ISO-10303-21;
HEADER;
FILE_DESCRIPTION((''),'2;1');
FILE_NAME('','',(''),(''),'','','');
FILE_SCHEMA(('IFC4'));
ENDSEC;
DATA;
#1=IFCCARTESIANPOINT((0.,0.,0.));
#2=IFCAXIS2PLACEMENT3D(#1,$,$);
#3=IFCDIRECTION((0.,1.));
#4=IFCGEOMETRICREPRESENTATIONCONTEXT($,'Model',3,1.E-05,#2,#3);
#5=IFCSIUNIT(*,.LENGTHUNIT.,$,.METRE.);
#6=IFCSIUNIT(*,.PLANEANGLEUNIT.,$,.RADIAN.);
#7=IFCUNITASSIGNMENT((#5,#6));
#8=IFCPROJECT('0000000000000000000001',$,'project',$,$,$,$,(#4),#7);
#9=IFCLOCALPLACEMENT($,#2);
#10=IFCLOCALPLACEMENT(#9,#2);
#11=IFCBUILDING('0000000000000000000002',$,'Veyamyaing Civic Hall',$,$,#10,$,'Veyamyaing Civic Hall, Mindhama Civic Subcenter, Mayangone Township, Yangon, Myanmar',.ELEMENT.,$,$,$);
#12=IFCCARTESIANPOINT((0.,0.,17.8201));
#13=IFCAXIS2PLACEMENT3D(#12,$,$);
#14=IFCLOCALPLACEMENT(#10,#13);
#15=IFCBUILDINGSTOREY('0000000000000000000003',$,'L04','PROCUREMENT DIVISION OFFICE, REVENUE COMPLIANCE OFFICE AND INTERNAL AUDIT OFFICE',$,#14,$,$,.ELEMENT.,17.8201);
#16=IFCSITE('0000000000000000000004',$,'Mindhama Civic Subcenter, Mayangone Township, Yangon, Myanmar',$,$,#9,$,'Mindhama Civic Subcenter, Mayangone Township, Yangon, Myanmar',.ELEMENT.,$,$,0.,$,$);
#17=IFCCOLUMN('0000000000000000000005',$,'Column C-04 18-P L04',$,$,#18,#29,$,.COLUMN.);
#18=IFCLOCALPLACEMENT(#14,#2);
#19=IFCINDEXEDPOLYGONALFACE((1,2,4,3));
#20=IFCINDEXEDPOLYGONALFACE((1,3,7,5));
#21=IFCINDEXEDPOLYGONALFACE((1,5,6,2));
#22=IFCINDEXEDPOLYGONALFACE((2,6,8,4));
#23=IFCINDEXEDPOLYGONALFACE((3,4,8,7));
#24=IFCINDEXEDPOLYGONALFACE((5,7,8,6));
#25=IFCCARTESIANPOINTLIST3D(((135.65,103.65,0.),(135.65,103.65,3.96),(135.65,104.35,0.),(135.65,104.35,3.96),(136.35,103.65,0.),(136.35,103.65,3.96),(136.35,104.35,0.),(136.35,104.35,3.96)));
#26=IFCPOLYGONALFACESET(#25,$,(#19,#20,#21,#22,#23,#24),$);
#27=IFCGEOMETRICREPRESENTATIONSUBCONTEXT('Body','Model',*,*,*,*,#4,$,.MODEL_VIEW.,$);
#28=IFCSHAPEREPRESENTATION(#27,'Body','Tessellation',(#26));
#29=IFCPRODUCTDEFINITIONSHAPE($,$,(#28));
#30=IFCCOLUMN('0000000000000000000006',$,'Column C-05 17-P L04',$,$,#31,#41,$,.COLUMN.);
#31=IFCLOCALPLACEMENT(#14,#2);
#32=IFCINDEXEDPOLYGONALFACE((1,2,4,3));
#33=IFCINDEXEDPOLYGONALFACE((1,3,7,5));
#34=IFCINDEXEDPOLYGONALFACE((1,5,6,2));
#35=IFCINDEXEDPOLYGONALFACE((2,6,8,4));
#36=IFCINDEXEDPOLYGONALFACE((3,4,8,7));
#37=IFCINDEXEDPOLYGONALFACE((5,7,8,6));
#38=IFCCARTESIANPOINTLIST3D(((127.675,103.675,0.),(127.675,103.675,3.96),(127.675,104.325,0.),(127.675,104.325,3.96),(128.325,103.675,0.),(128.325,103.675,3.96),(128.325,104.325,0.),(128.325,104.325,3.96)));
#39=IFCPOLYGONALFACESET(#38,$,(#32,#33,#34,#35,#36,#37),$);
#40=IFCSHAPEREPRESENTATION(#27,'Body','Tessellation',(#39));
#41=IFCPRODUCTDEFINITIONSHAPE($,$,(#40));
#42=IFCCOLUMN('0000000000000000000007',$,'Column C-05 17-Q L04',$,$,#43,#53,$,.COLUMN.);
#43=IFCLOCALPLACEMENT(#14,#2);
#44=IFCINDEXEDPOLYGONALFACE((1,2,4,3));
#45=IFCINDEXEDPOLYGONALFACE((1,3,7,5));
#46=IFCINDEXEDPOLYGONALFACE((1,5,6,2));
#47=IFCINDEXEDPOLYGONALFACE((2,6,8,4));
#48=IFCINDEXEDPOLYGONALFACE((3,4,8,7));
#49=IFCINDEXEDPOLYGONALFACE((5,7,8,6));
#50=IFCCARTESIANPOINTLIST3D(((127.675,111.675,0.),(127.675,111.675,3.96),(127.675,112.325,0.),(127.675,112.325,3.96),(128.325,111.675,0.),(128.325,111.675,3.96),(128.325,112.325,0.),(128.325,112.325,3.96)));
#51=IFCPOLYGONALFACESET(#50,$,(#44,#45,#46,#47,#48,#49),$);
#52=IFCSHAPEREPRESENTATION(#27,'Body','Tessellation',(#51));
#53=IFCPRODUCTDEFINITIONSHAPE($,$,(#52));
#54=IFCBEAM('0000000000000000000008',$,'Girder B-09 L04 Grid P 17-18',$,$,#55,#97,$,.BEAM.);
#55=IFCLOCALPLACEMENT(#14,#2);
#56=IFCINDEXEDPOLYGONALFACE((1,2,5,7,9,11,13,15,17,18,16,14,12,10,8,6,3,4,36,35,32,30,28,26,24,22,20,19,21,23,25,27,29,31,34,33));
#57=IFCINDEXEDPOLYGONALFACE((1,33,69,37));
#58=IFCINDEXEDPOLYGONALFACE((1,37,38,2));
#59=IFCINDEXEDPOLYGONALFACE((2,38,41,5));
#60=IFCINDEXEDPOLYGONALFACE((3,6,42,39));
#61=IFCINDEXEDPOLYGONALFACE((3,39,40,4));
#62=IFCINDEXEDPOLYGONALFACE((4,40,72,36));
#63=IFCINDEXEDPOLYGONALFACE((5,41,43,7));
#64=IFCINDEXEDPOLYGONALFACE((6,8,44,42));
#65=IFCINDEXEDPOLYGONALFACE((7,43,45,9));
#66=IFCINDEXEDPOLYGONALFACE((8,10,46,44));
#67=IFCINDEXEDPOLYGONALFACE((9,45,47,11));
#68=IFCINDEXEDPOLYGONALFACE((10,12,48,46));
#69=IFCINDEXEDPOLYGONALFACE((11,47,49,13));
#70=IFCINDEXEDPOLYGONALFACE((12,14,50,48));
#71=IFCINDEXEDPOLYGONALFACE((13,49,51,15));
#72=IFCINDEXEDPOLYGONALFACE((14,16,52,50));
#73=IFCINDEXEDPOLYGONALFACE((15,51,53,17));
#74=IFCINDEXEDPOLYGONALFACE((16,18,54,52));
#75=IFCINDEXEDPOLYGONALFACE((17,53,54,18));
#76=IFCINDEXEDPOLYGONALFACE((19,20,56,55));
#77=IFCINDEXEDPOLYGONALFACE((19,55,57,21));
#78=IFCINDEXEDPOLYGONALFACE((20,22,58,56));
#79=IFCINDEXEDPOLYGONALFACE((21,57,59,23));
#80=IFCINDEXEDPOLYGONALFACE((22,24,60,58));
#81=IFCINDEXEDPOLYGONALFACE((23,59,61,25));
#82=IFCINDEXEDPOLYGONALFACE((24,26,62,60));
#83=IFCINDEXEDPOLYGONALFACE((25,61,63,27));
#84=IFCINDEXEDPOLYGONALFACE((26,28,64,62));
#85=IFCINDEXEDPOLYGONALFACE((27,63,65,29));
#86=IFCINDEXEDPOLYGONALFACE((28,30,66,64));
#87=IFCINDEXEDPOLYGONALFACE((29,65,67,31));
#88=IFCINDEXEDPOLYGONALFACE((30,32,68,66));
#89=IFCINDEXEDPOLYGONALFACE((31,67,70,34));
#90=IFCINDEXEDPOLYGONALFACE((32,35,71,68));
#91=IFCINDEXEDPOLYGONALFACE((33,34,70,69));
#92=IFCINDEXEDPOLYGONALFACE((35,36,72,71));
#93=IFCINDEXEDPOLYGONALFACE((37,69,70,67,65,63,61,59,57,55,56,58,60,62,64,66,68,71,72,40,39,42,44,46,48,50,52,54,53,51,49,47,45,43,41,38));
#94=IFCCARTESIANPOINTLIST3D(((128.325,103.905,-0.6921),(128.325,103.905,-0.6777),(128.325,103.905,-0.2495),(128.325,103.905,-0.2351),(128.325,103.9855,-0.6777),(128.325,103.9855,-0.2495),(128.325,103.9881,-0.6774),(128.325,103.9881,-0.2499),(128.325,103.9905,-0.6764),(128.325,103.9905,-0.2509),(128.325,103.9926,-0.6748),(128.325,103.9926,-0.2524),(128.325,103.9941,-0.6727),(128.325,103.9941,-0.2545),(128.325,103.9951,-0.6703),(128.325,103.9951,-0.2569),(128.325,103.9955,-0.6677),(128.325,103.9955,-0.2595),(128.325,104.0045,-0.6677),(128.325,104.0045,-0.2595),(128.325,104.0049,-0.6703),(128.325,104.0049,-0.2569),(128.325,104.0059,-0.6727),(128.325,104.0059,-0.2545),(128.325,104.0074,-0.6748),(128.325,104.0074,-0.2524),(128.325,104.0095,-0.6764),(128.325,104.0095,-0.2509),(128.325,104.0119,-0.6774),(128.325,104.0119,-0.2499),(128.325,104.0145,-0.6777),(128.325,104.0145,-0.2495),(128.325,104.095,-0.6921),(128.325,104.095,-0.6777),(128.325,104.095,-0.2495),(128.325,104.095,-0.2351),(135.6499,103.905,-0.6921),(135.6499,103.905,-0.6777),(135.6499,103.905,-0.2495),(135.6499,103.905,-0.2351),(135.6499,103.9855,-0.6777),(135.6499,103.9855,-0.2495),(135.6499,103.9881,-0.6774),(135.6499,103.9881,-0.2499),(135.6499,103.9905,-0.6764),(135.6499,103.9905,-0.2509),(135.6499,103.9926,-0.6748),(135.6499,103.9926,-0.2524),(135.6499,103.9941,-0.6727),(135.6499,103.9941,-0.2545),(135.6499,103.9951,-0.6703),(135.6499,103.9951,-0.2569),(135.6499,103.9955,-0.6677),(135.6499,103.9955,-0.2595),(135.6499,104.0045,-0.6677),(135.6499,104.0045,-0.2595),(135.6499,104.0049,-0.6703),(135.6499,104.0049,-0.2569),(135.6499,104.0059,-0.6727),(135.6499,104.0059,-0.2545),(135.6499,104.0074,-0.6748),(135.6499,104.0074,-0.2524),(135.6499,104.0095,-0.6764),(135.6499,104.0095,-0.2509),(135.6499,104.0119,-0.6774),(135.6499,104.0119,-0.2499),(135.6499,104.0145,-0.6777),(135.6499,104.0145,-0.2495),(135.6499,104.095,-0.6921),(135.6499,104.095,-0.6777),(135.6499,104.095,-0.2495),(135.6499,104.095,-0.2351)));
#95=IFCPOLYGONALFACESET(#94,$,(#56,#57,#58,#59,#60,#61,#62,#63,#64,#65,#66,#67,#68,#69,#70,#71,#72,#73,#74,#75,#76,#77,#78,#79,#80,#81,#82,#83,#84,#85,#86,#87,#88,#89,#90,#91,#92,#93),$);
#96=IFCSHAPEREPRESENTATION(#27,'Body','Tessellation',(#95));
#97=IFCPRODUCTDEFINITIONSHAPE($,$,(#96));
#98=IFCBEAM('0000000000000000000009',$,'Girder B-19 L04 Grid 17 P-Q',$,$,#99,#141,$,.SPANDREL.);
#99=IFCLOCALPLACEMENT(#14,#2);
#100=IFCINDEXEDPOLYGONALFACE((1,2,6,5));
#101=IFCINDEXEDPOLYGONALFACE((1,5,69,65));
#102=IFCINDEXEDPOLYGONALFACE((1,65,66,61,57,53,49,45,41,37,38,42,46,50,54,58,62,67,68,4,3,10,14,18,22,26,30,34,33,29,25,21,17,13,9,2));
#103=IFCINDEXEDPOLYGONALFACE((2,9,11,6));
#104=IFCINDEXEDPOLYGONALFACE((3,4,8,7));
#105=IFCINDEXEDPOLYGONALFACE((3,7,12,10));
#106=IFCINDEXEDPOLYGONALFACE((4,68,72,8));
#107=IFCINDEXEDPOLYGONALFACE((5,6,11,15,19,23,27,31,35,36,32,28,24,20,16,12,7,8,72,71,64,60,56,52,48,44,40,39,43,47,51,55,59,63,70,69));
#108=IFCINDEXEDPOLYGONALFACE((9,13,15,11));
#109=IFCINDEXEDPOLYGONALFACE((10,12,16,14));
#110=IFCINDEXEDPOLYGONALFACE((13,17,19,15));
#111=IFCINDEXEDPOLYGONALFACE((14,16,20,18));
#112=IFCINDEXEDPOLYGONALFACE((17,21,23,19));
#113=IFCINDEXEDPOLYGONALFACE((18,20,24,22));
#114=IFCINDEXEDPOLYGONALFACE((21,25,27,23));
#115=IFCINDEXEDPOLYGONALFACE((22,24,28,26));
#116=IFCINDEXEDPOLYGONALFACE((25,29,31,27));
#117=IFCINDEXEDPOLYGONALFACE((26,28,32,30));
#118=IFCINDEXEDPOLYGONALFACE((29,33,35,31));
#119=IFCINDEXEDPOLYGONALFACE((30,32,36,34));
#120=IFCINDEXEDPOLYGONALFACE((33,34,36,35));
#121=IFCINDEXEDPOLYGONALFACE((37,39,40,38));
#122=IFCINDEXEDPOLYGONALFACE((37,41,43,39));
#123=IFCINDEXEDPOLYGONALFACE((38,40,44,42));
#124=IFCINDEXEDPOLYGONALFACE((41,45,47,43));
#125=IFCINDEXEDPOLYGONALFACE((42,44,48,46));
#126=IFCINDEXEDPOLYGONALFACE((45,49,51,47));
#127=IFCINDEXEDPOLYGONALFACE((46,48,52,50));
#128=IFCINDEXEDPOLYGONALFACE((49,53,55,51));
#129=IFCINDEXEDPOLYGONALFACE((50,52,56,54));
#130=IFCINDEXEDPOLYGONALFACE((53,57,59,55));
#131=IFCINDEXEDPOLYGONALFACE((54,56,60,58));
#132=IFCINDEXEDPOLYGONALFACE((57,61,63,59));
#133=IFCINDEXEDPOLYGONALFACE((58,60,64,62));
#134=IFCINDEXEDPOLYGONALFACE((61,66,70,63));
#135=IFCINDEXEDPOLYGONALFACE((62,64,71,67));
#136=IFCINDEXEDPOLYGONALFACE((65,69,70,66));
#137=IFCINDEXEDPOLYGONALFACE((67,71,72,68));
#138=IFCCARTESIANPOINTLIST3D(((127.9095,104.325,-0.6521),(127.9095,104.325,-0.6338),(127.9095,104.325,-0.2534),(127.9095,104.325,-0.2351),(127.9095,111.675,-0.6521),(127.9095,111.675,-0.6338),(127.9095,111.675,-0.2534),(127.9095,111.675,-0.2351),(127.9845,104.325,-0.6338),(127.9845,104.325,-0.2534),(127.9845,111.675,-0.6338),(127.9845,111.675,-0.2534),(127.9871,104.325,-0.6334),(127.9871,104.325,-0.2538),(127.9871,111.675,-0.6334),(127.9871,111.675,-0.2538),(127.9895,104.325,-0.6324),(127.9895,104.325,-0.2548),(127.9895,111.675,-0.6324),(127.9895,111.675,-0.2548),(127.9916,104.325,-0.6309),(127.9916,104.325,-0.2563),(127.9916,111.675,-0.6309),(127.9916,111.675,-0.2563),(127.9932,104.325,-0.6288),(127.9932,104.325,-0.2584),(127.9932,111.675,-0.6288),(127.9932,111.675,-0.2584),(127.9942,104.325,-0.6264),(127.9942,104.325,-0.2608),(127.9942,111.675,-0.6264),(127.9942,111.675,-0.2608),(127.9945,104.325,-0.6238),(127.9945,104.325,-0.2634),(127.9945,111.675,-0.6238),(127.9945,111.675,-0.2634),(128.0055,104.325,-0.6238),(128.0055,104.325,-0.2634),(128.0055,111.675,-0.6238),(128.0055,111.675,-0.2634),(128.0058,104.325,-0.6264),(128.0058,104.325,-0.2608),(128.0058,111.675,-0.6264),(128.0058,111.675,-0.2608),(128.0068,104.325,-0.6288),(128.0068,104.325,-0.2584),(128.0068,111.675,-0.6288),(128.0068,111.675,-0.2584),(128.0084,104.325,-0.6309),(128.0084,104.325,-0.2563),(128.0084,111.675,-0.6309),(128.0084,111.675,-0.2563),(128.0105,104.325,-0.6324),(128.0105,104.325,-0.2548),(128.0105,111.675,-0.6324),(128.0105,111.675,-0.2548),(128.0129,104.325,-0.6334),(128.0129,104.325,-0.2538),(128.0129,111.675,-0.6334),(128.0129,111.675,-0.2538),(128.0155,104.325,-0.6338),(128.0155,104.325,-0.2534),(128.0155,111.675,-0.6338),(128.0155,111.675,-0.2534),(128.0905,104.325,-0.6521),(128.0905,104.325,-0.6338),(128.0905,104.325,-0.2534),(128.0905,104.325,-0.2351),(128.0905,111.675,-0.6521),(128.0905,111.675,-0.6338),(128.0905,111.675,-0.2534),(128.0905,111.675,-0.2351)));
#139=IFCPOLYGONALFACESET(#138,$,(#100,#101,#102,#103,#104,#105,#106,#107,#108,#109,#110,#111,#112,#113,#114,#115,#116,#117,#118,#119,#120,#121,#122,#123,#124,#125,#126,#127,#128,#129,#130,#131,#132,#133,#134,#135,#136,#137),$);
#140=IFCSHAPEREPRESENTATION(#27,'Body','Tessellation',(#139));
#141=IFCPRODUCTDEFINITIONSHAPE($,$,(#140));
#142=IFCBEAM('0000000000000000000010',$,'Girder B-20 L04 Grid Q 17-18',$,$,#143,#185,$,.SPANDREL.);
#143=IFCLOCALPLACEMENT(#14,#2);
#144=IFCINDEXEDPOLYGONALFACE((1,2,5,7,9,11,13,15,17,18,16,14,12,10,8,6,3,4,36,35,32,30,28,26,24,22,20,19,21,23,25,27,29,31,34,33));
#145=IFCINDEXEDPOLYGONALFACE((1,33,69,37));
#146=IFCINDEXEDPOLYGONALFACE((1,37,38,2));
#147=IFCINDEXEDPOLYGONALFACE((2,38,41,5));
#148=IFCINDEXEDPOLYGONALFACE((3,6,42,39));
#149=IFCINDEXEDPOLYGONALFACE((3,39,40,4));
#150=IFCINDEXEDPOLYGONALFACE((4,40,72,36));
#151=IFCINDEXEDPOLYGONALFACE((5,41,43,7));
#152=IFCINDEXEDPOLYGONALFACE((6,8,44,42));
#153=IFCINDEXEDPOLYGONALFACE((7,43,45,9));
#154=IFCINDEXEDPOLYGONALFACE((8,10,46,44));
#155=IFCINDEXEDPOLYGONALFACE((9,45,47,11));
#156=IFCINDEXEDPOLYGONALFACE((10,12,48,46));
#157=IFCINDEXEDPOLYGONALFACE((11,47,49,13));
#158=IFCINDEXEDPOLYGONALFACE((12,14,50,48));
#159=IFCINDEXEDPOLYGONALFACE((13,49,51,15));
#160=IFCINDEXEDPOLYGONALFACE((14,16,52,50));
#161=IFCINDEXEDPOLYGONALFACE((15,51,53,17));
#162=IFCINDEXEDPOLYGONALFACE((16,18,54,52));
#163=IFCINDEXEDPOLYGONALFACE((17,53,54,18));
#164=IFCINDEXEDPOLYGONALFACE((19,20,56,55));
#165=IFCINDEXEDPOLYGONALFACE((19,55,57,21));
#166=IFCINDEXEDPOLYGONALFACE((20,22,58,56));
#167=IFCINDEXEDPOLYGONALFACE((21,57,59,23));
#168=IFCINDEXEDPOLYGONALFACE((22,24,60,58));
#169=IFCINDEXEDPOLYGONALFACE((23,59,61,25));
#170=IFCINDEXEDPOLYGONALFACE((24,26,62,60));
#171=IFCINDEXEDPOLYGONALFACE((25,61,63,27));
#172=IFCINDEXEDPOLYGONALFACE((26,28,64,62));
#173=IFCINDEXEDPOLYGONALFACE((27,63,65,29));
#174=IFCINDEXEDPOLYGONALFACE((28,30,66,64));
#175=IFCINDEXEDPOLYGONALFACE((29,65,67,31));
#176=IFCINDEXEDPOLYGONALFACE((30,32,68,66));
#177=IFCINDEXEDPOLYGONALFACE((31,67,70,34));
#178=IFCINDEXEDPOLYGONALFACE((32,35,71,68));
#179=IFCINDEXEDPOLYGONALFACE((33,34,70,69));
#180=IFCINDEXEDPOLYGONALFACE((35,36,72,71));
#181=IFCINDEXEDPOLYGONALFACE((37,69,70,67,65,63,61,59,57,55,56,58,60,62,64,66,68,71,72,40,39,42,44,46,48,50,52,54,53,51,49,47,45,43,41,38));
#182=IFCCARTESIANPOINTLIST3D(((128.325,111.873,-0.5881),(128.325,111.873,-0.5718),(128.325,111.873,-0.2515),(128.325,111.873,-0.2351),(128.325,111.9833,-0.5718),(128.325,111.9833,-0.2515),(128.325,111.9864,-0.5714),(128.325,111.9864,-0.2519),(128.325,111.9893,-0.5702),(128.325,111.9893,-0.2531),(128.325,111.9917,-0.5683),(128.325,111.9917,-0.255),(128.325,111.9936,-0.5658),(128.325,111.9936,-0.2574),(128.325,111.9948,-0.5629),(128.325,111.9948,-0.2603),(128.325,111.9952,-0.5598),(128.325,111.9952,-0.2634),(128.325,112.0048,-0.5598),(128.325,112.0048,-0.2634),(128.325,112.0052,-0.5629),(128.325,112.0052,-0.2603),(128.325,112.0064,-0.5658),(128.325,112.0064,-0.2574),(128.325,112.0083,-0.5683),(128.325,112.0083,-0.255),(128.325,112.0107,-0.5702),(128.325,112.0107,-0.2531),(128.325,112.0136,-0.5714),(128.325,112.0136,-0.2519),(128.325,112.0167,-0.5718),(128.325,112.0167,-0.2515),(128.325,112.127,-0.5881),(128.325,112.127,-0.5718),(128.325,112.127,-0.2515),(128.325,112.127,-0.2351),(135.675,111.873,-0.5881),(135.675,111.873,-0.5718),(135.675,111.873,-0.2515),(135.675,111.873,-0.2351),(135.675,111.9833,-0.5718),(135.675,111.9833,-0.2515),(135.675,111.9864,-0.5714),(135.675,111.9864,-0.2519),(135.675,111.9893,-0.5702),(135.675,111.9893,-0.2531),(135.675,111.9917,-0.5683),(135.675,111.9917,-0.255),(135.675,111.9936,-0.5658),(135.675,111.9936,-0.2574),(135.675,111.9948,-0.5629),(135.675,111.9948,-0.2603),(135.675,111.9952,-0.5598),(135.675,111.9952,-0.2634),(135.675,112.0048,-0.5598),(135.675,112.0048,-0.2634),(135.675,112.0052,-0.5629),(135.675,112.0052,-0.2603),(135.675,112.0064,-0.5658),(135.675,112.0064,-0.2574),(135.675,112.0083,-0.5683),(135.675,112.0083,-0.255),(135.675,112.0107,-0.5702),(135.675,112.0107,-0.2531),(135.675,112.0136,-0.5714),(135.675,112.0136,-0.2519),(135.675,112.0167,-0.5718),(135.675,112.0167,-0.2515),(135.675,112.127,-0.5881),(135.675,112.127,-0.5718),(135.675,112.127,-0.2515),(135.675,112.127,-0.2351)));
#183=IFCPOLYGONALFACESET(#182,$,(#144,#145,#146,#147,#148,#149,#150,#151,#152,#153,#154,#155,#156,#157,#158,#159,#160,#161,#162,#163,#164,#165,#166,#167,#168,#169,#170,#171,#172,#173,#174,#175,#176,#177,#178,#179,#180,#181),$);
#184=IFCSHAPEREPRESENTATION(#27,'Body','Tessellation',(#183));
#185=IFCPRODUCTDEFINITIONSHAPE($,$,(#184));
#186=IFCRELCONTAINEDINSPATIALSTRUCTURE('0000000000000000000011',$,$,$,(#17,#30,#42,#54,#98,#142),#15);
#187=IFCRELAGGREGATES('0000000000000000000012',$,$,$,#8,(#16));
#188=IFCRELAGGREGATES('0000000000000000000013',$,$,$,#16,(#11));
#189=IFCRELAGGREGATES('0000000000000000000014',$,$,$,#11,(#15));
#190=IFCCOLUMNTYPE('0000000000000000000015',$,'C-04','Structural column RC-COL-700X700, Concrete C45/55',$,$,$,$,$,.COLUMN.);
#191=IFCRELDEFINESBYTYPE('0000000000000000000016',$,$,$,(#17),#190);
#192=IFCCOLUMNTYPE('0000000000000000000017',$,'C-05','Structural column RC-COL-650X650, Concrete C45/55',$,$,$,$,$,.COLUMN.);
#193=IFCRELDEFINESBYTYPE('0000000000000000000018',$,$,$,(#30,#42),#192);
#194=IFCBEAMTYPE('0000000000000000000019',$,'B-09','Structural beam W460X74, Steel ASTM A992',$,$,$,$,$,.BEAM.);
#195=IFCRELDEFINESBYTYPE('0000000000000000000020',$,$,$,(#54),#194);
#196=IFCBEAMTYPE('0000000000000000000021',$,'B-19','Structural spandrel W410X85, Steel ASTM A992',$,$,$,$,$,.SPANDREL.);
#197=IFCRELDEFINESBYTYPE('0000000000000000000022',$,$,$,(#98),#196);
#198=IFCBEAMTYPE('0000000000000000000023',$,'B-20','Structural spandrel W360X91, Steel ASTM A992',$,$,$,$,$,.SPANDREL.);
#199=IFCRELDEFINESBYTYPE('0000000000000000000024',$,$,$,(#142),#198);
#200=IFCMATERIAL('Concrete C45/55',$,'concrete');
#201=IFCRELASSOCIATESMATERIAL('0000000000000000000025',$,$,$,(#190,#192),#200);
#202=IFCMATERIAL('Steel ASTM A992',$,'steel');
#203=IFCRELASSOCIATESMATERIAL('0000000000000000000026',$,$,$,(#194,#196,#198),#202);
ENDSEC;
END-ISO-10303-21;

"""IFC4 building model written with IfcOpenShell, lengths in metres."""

from ifc_helpers import new_model, si_unit, direction, frame, origin, origin_2d, place, context, subcontext, project, spatial, rectangle, i_section, extrude, material, material_profile, profile_set, type_object, element, save


model = new_model("IFC4")

# Units and contexts
model_context = context("Model", 3, precision=1e-05, world=origin(), true_north=direction((0.0, 1.0)))
body_context = subcontext(model_context, "Body", "Model", "MODEL_VIEW")
ifc_project = project(units=[si_unit("LENGTHUNIT", "METRE"), si_unit("PLANEANGLEUNIT", "RADIAN")], contexts=[model_context])

# Site, building, storey
site_placement = place(None, origin())
site = spatial("IfcSite", under=ifc_project, at=site_placement, Name="Mindhama Civic Subcenter, Mayangone Township, Yangon, Myanmar", LongName="Mindhama Civic Subcenter, Mayangone Township, Yangon, Myanmar", CompositionType="ELEMENT", RefElevation=0.0)
building_placement = place(site_placement, origin())
building = spatial("IfcBuilding", under=site, at=building_placement, Name="Veyamyaing Civic Hall", LongName="Veyamyaing Civic Hall, Mindhama Civic Subcenter, Mayangone Township, Yangon, Myanmar", CompositionType="ELEMENT")
storey_placement = place(building_placement, frame((0.0, 0.0, 17.8201)))
storey = spatial("IfcBuildingStorey", under=building, at=storey_placement, Name="L04", Description="PROCUREMENT DIVISION OFFICE, REVENUE COMPLIANCE OFFICE AND INTERNAL AUDIT OFFICE", CompositionType="ELEMENT", Elevation=17.8201)

# Columns
ifc_material_1 = material(Name="Concrete C45/55", Category="concrete")
ifc_material_profile_1 = material_profile(ifc_material_1, rectangle(XDim=0.7, YDim=0.7, at=origin_2d()), Name="RC-COL-700X700")
ifc_profile_set_1 = profile_set([ifc_material_profile_1], Name="Concrete C45/55")
column_type_1 = type_object("IfcColumnType", Name="C-04", Description="Structural column RC-COL-700X700, Concrete C45/55", PredefinedType="COLUMN", material=ifc_profile_set_1)
column_placement = place(storey_placement, frame((136.0, 104.0, 0.0), z_axis=(0.0, 0.0, 1.0), x_axis=(1.0, 0.0, 0.0)))
element("IfcColumn", 1, at=column_placement, inside=storey, type_object=column_type_1, Name="Column C-04 18-P L04", PredefinedType="COLUMN", context=body_context, shape_type="SweptSolid", body=[
    extrude(rectangle(XDim=0.7, YDim=0.7, at=origin_2d()), origin(), (0.0, 0.0, 1.0), 3.96),
])
ifc_material_profile_2 = material_profile(ifc_material_1, rectangle(XDim=0.6499, YDim=0.6499, at=origin_2d()), Name="RC-COL-650X650")
ifc_profile_set_2 = profile_set([ifc_material_profile_2], Name="Concrete C45/55")
column_type_2 = type_object("IfcColumnType", Name="C-05", Description="Structural column RC-COL-650X650, Concrete C45/55", PredefinedType="COLUMN", material=ifc_profile_set_2)
for number, where, z_axis, x_axis, name in (
    (2, (128.0, 104.0, 0.0), (0.0, 0.0, 1.0), (1.0, 0.0, 0.0), "Column C-05 17-P L04"),
    (3, (128.0, 112.0, 0.0), (0.0, 0.0, 1.0), (1.0, 0.0, 0.0), "Column C-05 17-Q L04"),
):
    element("IfcColumn", number, at=place(storey_placement, frame(where, z_axis=z_axis, x_axis=x_axis)), inside=storey, type_object=column_type_2, Name=name, PredefinedType="COLUMN", context=body_context, shape_type="SweptSolid", body=[
        extrude(rectangle(XDim=0.6499, YDim=0.6499, at=origin_2d()), origin(), (0.0, 0.0, 1.0), 3.96),
    ])

# Beams
ifc_material_2 = material(Name="Steel ASTM A992", Category="steel")
ifc_material_profile_3 = material_profile(ifc_material_2, i_section(OverallWidth=0.1899, OverallDepth=0.457, WebThickness=0.009, FlangeThickness=0.0144, FilletRadius=0.01, at=origin_2d()), Name="W460X74")
ifc_profile_set_3 = profile_set([ifc_material_profile_3], Name="Steel ASTM A992")
beam_type_1 = type_object("IfcBeamType", Name="B-09", Description="Structural beam W460X74, Steel ASTM A992", PredefinedType="BEAM", material=ifc_profile_set_3)
beam_1_placement = place(storey_placement, frame((128.325, 104.0, -0.4636), z_axis=(1.0, 0.0, 0.0), x_axis=(0.0, 1.0, 0.0)))
element("IfcBeam", 4, at=beam_1_placement, inside=storey, type_object=beam_type_1, Name="Girder B-09 L04 Grid P 17-18", PredefinedType="BEAM", context=body_context, shape_type="SweptSolid", body=[
    extrude(i_section(OverallWidth=0.1899, OverallDepth=0.457, WebThickness=0.009, FlangeThickness=0.0144, FilletRadius=0.01, at=origin_2d()), origin(), (0.0, 0.0, 1.0), 7.325),
])
ifc_material_profile_4 = material_profile(ifc_material_2, i_section(OverallWidth=0.1809, OverallDepth=0.417, WebThickness=0.011, FlangeThickness=0.0183, FilletRadius=0.01, at=origin_2d()), Name="W410X85")
ifc_profile_set_4 = profile_set([ifc_material_profile_4], Name="Steel ASTM A992")
beam_type_2 = type_object("IfcBeamType", Name="B-19", Description="Structural spandrel W410X85, Steel ASTM A992", PredefinedType="SPANDREL", material=ifc_profile_set_4)
beam_2_placement = place(storey_placement, frame((128.0, 104.325, -0.4436), z_axis=(0.0, 1.0, 0.0), x_axis=(-1.0, 0.0, 0.0)))
element("IfcBeam", 5, at=beam_2_placement, inside=storey, type_object=beam_type_2, Name="Girder B-19 L04 Grid 17 P-Q", PredefinedType="SPANDREL", context=body_context, shape_type="SweptSolid", body=[
    extrude(i_section(OverallWidth=0.1809, OverallDepth=0.417, WebThickness=0.011, FlangeThickness=0.0183, FilletRadius=0.01, at=origin_2d()), origin(), (0.0, 0.0, 1.0), 7.3501),
])
ifc_material_profile_5 = material_profile(ifc_material_2, i_section(OverallWidth=0.2539, OverallDepth=0.353, WebThickness=0.0095, FlangeThickness=0.0164, FilletRadius=0.012, at=origin_2d()), Name="W360X91")
ifc_profile_set_5 = profile_set([ifc_material_profile_5], Name="Steel ASTM A992")
beam_type_3 = type_object("IfcBeamType", Name="B-20", Description="Structural spandrel W360X91, Steel ASTM A992", PredefinedType="SPANDREL", material=ifc_profile_set_5)
beam_3_placement = place(storey_placement, frame((128.325, 112.0, -0.4116), z_axis=(1.0, 0.0, 0.0), x_axis=(0.0, 1.0, 0.0)))
element("IfcBeam", 6, at=beam_3_placement, inside=storey, type_object=beam_type_3, Name="Girder B-20 L04 Grid Q 17-18", PredefinedType="SPANDREL", context=body_context, shape_type="SweptSolid", body=[
    extrude(i_section(OverallWidth=0.2539, OverallDepth=0.353, WebThickness=0.0095, FlangeThickness=0.0164, FilletRadius=0.012, at=origin_2d()), origin(), (0.0, 0.0, 1.0), 7.3501),
])

save(model, "model.ifc")
